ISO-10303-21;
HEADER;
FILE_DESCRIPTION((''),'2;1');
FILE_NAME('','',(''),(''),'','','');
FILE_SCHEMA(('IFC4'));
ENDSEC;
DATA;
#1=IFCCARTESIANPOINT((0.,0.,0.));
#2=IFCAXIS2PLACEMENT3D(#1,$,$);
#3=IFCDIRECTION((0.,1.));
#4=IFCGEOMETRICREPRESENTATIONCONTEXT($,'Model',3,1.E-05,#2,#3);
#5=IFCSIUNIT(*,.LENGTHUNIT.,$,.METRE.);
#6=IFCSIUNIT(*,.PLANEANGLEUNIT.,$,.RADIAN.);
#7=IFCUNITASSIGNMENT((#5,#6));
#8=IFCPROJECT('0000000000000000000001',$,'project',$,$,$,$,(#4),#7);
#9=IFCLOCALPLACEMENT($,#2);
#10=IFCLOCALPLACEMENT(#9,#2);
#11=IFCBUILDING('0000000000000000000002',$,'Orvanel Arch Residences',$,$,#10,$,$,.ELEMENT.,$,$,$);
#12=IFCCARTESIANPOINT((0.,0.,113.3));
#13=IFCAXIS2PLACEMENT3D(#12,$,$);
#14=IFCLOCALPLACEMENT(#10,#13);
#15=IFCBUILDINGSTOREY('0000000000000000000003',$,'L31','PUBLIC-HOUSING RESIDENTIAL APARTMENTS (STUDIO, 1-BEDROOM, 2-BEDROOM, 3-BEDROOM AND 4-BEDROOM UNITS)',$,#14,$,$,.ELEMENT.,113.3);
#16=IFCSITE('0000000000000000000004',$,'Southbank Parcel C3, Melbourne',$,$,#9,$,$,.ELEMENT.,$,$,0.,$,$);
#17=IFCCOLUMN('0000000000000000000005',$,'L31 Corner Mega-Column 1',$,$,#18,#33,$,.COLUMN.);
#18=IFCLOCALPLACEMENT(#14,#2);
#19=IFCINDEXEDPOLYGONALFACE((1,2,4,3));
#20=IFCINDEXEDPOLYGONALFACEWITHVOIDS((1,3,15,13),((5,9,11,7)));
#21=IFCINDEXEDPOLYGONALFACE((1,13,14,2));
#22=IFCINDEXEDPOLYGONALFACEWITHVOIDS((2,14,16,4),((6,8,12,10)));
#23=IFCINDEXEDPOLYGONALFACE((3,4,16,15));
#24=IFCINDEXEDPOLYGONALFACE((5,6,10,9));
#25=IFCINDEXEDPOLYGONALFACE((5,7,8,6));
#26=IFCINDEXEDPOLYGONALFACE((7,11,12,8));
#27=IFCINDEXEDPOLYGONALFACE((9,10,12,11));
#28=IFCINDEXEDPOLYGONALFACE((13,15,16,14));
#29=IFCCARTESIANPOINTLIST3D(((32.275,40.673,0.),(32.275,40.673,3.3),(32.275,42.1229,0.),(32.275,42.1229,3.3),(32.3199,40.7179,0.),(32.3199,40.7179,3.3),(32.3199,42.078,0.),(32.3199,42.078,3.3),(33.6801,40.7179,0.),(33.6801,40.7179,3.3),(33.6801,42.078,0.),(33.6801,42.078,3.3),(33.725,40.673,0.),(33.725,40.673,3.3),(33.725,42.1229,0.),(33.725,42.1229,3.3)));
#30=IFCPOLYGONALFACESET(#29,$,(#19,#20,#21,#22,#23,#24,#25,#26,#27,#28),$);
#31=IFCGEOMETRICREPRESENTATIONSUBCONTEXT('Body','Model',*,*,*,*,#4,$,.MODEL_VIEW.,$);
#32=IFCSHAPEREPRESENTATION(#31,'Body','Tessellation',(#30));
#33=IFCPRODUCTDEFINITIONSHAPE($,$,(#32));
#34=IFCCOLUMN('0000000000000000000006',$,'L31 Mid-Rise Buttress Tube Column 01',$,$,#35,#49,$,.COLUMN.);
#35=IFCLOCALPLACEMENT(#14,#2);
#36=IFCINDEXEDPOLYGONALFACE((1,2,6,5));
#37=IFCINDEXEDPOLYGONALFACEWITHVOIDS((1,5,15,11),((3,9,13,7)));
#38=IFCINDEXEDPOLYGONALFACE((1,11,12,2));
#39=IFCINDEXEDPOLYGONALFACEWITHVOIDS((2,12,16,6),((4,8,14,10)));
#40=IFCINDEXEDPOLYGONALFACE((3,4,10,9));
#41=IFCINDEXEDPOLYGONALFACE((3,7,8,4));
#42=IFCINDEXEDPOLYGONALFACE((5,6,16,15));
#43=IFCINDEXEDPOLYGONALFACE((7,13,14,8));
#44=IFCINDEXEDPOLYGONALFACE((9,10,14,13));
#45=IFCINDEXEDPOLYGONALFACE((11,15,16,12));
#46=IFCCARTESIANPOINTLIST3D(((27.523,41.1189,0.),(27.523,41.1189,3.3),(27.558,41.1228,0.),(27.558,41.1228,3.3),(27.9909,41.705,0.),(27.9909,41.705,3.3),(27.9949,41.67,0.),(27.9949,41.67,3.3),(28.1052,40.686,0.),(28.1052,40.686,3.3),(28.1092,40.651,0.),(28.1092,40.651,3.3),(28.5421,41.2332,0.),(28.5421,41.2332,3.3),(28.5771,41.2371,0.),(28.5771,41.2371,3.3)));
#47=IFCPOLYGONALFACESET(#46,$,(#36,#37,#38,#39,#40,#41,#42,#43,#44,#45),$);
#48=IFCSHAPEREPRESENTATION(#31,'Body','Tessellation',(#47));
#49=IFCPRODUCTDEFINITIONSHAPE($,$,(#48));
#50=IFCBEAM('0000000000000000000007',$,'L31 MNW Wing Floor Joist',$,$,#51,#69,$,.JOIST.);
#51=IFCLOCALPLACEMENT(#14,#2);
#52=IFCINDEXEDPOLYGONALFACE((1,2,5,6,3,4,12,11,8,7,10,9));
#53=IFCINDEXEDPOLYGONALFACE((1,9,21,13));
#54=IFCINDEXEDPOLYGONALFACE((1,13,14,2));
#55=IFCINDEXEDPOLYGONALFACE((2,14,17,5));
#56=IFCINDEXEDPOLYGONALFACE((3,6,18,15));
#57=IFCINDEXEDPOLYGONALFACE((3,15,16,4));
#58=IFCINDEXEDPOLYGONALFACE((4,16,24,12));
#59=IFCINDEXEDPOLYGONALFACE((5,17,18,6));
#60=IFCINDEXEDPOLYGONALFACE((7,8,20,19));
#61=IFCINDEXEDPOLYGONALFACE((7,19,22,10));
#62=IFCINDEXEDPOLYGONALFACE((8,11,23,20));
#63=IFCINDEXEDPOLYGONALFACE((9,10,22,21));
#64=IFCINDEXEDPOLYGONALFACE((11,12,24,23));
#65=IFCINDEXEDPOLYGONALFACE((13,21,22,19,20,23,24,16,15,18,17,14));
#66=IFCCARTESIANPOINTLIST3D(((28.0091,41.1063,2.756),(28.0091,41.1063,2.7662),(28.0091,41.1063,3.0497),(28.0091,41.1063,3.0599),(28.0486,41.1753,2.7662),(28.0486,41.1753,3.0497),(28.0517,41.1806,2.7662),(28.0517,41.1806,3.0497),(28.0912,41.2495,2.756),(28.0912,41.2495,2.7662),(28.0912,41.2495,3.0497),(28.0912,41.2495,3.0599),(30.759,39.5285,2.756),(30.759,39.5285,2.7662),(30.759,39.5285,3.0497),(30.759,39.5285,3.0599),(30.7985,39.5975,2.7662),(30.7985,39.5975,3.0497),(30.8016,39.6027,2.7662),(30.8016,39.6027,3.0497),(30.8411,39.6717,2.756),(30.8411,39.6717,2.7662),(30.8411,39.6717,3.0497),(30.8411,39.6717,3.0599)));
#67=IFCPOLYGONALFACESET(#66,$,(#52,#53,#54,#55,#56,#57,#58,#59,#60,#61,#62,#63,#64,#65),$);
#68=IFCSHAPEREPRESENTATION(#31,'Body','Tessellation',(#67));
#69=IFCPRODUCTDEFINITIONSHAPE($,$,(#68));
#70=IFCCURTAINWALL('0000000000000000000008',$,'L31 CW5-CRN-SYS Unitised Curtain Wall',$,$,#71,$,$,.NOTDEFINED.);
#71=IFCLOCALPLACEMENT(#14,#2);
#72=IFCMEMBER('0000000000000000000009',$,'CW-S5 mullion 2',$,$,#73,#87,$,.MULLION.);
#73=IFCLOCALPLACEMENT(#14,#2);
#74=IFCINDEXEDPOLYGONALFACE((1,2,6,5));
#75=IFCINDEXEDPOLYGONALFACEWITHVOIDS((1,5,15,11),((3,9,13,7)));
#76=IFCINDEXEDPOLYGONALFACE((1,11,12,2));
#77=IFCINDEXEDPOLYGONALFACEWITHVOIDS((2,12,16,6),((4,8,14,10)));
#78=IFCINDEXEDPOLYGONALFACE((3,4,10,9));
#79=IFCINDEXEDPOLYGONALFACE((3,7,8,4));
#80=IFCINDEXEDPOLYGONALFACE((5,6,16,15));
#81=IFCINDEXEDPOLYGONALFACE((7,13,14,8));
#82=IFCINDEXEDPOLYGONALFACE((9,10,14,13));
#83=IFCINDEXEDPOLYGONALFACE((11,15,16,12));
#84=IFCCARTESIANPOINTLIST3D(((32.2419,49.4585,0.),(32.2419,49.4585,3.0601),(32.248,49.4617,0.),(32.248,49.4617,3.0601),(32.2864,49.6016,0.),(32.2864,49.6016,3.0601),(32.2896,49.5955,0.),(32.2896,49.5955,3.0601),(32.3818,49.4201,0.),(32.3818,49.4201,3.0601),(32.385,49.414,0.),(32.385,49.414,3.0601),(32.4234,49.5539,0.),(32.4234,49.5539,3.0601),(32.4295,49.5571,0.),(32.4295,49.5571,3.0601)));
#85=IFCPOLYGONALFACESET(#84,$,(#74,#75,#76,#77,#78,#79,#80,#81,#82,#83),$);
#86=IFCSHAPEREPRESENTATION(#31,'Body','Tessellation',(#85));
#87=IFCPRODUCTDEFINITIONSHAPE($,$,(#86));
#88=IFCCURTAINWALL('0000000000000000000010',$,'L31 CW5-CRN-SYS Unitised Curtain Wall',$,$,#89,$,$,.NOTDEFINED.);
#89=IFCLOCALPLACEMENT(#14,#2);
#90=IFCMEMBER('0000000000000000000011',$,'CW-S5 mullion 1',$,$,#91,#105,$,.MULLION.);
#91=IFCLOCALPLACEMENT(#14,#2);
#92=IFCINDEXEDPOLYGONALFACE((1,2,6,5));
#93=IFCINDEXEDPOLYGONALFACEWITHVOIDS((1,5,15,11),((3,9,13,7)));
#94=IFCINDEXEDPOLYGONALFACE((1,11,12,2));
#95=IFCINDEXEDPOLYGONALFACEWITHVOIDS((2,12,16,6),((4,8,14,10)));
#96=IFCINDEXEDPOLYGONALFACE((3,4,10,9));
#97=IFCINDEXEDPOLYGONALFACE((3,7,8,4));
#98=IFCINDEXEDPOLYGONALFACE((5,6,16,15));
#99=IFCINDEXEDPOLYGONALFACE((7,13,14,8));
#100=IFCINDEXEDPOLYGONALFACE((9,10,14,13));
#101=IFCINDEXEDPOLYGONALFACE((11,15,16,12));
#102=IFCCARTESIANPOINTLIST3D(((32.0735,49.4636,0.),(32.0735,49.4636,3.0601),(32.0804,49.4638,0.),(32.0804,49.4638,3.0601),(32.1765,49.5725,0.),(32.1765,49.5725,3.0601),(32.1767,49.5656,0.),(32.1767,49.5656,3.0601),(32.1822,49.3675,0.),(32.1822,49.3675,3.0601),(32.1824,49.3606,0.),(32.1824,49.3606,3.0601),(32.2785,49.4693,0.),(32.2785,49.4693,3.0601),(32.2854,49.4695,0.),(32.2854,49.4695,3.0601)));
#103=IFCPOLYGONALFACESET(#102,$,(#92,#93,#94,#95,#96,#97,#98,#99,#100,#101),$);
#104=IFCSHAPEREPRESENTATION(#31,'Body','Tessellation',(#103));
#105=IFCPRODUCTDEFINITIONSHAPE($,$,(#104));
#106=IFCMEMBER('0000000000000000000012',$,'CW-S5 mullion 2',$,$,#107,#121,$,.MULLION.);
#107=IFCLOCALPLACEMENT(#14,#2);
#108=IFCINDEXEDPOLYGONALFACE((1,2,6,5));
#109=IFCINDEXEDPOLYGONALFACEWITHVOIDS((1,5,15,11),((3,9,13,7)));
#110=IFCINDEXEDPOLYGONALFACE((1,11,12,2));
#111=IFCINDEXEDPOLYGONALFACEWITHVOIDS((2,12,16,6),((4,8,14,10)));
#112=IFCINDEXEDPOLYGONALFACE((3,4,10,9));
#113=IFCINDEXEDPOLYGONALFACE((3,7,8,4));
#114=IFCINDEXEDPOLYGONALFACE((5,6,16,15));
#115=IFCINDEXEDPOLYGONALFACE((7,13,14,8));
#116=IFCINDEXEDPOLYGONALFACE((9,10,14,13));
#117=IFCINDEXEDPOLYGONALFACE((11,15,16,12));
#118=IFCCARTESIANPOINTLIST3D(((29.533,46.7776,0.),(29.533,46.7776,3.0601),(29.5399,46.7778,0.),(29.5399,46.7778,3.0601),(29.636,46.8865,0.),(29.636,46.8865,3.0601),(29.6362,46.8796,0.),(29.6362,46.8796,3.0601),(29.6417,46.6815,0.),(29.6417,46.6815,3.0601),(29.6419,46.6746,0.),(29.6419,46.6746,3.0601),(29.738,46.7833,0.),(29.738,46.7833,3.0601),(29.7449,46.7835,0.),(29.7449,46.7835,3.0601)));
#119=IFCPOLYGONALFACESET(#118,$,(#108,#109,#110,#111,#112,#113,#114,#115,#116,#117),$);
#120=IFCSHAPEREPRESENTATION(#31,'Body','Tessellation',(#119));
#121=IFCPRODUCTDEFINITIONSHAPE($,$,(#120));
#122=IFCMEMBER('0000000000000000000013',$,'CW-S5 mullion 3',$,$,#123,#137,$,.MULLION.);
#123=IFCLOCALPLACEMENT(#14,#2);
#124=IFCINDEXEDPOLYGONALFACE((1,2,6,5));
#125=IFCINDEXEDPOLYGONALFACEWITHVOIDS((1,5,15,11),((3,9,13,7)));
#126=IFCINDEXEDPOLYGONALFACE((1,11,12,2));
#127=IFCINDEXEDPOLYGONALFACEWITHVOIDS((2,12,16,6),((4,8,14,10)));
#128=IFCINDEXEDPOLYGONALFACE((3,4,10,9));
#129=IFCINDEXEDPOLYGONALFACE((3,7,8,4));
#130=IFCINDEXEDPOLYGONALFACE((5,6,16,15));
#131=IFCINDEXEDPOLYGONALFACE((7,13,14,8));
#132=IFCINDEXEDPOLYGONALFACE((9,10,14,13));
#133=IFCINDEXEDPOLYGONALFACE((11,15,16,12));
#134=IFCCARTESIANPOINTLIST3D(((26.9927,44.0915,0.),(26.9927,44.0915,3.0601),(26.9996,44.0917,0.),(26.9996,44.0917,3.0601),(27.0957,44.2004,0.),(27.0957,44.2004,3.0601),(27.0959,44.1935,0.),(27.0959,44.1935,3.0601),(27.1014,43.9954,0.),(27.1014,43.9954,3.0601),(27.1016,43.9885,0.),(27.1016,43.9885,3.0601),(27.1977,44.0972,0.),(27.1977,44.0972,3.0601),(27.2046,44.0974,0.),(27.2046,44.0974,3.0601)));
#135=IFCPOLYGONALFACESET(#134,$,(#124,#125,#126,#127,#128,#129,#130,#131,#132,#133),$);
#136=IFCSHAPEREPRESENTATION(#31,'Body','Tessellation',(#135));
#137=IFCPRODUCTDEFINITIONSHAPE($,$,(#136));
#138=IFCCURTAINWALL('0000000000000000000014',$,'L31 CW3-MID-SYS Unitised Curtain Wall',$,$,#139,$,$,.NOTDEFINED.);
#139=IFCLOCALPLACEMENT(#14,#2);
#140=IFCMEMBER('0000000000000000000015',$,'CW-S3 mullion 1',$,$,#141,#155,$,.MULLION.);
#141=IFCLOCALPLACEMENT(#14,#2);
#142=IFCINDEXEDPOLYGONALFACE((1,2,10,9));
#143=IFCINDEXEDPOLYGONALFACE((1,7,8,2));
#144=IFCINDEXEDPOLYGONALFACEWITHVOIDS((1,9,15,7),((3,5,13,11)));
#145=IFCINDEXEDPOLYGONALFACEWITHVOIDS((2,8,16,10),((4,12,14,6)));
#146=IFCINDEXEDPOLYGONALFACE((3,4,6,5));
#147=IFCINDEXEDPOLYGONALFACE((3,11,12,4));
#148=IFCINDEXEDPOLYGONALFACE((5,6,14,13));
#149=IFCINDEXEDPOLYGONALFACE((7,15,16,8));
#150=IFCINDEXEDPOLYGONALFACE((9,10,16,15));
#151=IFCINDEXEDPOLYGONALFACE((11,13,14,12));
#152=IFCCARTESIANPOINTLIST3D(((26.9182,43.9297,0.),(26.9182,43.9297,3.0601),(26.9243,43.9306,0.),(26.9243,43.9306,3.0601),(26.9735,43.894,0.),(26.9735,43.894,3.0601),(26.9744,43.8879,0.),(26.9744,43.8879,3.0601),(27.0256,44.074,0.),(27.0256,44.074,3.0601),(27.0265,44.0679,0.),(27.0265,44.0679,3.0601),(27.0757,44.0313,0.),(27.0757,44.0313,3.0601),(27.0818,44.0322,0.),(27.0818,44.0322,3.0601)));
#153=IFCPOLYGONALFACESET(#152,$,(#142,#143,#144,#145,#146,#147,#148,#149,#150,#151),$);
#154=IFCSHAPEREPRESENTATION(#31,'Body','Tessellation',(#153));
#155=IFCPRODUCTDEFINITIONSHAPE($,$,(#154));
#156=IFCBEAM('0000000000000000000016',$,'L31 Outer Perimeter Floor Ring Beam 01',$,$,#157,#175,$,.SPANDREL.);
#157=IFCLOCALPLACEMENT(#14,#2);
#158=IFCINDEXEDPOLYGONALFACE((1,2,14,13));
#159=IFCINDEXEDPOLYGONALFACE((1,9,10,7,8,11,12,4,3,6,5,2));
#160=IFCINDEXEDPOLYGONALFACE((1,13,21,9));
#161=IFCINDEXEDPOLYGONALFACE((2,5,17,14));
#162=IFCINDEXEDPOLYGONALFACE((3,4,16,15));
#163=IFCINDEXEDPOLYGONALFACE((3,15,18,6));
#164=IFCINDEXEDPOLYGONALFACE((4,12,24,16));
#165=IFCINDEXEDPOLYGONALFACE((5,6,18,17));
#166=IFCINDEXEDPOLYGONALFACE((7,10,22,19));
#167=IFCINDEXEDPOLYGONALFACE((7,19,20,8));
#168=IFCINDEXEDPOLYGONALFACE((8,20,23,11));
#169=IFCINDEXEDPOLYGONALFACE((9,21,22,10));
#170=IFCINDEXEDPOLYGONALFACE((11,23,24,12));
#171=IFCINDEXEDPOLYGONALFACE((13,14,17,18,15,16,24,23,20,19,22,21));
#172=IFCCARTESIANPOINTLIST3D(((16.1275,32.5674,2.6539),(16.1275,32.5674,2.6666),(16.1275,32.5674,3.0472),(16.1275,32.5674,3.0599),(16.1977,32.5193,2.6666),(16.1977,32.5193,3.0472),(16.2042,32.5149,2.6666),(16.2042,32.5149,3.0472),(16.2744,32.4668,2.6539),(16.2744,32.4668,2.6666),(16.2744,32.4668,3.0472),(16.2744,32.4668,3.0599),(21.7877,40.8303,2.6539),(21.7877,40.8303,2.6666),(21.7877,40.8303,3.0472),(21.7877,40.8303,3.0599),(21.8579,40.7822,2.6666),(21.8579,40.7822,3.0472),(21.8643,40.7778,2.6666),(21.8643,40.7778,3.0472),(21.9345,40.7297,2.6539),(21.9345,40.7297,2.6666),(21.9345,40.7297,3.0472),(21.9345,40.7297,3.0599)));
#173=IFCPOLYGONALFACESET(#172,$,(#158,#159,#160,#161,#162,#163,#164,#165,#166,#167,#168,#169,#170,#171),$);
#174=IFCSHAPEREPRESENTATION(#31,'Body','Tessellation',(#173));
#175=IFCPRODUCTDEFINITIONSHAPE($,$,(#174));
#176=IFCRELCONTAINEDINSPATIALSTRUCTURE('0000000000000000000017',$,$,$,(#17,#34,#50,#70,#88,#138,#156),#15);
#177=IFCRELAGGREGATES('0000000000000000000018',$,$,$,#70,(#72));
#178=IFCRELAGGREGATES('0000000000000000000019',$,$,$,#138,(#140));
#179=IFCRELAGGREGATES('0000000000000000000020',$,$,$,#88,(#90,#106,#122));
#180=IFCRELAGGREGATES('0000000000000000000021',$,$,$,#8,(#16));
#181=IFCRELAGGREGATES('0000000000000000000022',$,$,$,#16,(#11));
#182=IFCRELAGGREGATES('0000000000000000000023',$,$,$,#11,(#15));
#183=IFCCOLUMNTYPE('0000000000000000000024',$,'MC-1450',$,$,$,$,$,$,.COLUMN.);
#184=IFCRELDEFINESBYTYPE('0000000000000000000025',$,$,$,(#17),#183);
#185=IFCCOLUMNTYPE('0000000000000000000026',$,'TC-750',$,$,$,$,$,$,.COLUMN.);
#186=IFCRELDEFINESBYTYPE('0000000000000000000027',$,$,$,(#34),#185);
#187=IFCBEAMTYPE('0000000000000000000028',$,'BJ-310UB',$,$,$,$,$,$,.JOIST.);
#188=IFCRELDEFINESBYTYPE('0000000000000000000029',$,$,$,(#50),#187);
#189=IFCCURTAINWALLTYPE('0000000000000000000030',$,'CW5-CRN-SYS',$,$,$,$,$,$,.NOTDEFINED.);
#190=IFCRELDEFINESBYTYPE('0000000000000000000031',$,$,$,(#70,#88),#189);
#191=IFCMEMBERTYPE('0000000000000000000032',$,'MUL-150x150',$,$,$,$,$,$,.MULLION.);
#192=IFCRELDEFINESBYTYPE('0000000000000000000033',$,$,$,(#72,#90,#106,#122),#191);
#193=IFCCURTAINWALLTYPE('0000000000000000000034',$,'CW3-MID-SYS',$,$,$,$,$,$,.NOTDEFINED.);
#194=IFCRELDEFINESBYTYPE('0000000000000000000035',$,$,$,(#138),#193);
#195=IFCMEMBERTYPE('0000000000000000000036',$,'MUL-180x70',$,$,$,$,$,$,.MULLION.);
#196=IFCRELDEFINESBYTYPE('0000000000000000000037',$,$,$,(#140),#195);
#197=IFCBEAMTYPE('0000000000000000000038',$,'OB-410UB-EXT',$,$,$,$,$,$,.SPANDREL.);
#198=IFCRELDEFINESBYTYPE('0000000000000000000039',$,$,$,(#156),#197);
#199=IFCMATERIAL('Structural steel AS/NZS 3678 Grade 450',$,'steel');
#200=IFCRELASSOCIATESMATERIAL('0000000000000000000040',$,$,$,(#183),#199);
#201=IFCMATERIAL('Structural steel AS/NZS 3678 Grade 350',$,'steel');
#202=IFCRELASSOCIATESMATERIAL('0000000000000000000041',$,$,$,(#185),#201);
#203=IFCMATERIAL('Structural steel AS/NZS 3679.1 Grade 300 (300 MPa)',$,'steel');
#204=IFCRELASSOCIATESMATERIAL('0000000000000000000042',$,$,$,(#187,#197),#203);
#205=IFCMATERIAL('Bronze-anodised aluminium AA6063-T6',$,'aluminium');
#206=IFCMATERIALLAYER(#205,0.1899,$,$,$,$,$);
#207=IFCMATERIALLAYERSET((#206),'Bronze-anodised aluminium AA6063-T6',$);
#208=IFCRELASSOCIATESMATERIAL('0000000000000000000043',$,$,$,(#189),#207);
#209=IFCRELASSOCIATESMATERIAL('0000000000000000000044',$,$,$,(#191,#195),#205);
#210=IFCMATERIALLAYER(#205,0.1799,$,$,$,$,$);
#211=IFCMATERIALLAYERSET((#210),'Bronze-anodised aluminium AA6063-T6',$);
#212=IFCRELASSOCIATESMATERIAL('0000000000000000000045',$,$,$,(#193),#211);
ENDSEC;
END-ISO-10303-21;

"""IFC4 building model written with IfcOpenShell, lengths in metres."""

from ifc_helpers import new_model, si_unit, direction, frame, origin, origin_2d, place, context, subcontext, project, spatial, hollow_rectangle, i_section, extrude, material, layer, layer_set, material_profile, profile_set, type_object, element, aggregate, save


model = new_model("IFC4")

# Units and contexts
model_context = context("Model", 3, precision=1e-05, world=origin(), true_north=direction((0.0, 1.0)))
body_context = subcontext(model_context, "Body", "Model", "MODEL_VIEW")
ifc_project = project(units=[si_unit("LENGTHUNIT", "METRE"), si_unit("PLANEANGLEUNIT", "RADIAN")], contexts=[model_context])

# Site, building, storey
site_placement = place(None, origin())
site = spatial("IfcSite", under=ifc_project, at=site_placement, Name="Southbank Parcel C3, Melbourne", CompositionType="ELEMENT", RefElevation=0.0)
building_placement = place(site_placement, origin())
building = spatial("IfcBuilding", under=site, at=building_placement, Name="Orvanel Arch Residences", CompositionType="ELEMENT")
storey_placement = place(building_placement, frame((0.0, 0.0, 113.3)))
storey = spatial("IfcBuildingStorey", under=building, at=storey_placement, Name="L31", Description="PUBLIC-HOUSING RESIDENTIAL APARTMENTS (STUDIO, 1-BEDROOM, 2-BEDROOM, 3-BEDROOM AND 4-BEDROOM UNITS)", CompositionType="ELEMENT", Elevation=113.3)

# Columns
ifc_material_1 = material(Name="Structural steel AS/NZS 3678 Grade 450", Category="steel")
ifc_material_profile_1 = material_profile(ifc_material_1, hollow_rectangle(XDim=1.45, YDim=1.45, WallThickness=0.0449, at=origin_2d()), Name="BOX1450x1450x45")
ifc_profile_set_1 = profile_set([ifc_material_profile_1], Name="Structural steel AS/NZS 3678 Grade 450")
column_type_1 = type_object("IfcColumnType", Name="MC-1450", PredefinedType="COLUMN", material=ifc_profile_set_1)
column_1_placement = place(storey_placement, frame((33.0, 41.3979, 0.0), z_axis=(0.0, 0.0, 1.0), x_axis=(1.0, 0.0, 0.0)))
element("IfcColumn", 1, at=column_1_placement, inside=storey, type_object=column_type_1, Name="L31 Corner Mega-Column 1", PredefinedType="COLUMN", context=body_context, shape_type="SweptSolid", body=[
    extrude(hollow_rectangle(XDim=1.45, YDim=1.45, WallThickness=0.0449, at=origin_2d()), origin(), (0.0, 0.0, 1.0), 3.3),
])
ifc_material_2 = material(Name="Structural steel AS/NZS 3678 Grade 350", Category="steel")
ifc_material_profile_2 = material_profile(ifc_material_2, hollow_rectangle(XDim=0.75, YDim=0.75, WallThickness=0.0249, at=origin_2d()), Name="BOX750x750x25")
ifc_profile_set_2 = profile_set([ifc_material_profile_2], Name="Structural steel AS/NZS 3678 Grade 350")
column_type_2 = type_object("IfcColumnType", Name="TC-750", PredefinedType="COLUMN", material=ifc_profile_set_2)
column_2_placement = place(storey_placement, frame((28.05, 41.178, 0.0), z_axis=(0.0, 0.0, 1.0), x_axis=(0.62388, 0.78152, 0.0)))
element("IfcColumn", 2, at=column_2_placement, inside=storey, type_object=column_type_2, Name="L31 Mid-Rise Buttress Tube Column 01", PredefinedType="COLUMN", context=body_context, shape_type="SweptSolid", body=[
    extrude(hollow_rectangle(XDim=0.75, YDim=0.75, WallThickness=0.0249, at=origin_2d()), origin(), (0.0, 0.0, 1.0), 3.3),
])

# Beam
ifc_material_3 = material(Name="Structural steel AS/NZS 3679.1 Grade 300 (300 MPa)", Category="steel")
ifc_material_profile_3 = material_profile(ifc_material_3, i_section(OverallWidth=0.165, OverallDepth=0.304, WebThickness=0.0061, FlangeThickness=0.0103, at=origin_2d()), Name="310UB40.4")
ifc_profile_set_3 = profile_set([ifc_material_profile_3], Name="Structural steel AS/NZS 3679.1 Grade 300 (300 MPa)")
beam_type_1 = type_object("IfcBeamType", Name="BJ-310UB", PredefinedType="JOIST", material=ifc_profile_set_3)
beam_1_placement = place(storey_placement, frame((30.8, 39.6001, 2.908), z_axis=(-0.867365, 0.497672, 0.0), x_axis=(-0.497672, -0.867365, 0.0)))
element("IfcBeam", 3, at=beam_1_placement, inside=storey, type_object=beam_type_1, Name="L31 MNW Wing Floor Joist", PredefinedType="JOIST", context=body_context, shape_type="SweptSolid", body=[
    extrude(i_section(OverallWidth=0.165, OverallDepth=0.304, WebThickness=0.0061, FlangeThickness=0.0103, at=origin_2d()), origin(), (0.0, 0.0, 1.0), 3.1704),
])

# Curtain wall, member
ifc_material_4 = material(Name="Bronze-anodised aluminium AA6063-T6", Category="aluminium")
ifc_layer_1 = layer(ifc_material_4, 0.1899)
ifc_layer_set_1 = layer_set([ifc_layer_1], Name="Bronze-anodised aluminium AA6063-T6")
curtain_wall_type_1 = type_object("IfcCurtainWallType", Name="CW5-CRN-SYS", PredefinedType="NOTDEFINED", material=ifc_layer_set_1)
curtain_wall_1_placement = place(storey_placement, origin())
curtain_wall_1 = element("IfcCurtainWall", 4, at=curtain_wall_1_placement, inside=storey, type_object=curtain_wall_type_1, Name="L31 CW5-CRN-SYS Unitised Curtain Wall", PredefinedType="NOTDEFINED")
ifc_material_profile_4 = material_profile(ifc_material_4, hollow_rectangle(XDim=0.1499, YDim=0.1499, WallThickness=0.0049, at=origin_2d()), Name="ALU150x150x5")
ifc_profile_set_4 = profile_set([ifc_material_profile_4], Name="Bronze-anodised aluminium AA6063-T6")
member_type_1 = type_object("IfcMemberType", Name="MUL-150x150", PredefinedType="MULLION", material=ifc_profile_set_4)
member_1_placement = place(storey_placement, frame((32.3357, 49.5078, 0.0), z_axis=(0.0, 0.0, 1.0), x_axis=(-0.297054, -0.954861, 0.0)))
member_1 = element("IfcMember", 5, at=member_1_placement, type_object=member_type_1, Name="CW-S5 mullion 2", PredefinedType="MULLION", context=body_context, shape_type="SweptSolid", body=[
    extrude(hollow_rectangle(XDim=0.1499, YDim=0.1499, WallThickness=0.0049, at=origin_2d()), origin(), (0.0, 0.0, 1.0), 3.0601),
])
aggregate(curtain_wall_1, [member_1])

# Curtain wall, members
curtain_wall_2_placement = place(storey_placement, origin())
curtain_wall_2 = element("IfcCurtainWall", 6, at=curtain_wall_2_placement, inside=storey, type_object=curtain_wall_type_1, Name="L31 CW5-CRN-SYS Unitised Curtain Wall", PredefinedType="NOTDEFINED")
member_2_placement = place(storey_placement, frame((32.1794, 49.4666, 0.0), z_axis=(0.0, 0.0, 1.0), x_axis=(0.726517, -0.687149, 0.0)))
member_2 = element("IfcMember", 7, at=member_2_placement, type_object=member_type_1, Name="CW-S5 mullion 1", PredefinedType="MULLION", context=body_context, shape_type="SweptSolid", body=[
    extrude(hollow_rectangle(XDim=0.1499, YDim=0.1499, WallThickness=0.0049, at=origin_2d()), origin(), (0.0, 0.0, 1.0), 3.0601),
])
member_3_placement = place(storey_placement, frame((29.6389, 46.7805, 0.0), z_axis=(0.0, 0.0, 1.0), x_axis=(0.726517, -0.687149, 0.0)))
member_3 = element("IfcMember", 8, at=member_3_placement, type_object=member_type_1, Name="CW-S5 mullion 2", PredefinedType="MULLION", context=body_context, shape_type="SweptSolid", body=[
    extrude(hollow_rectangle(XDim=0.1499, YDim=0.1499, WallThickness=0.0049, at=origin_2d()), origin(), (0.0, 0.0, 1.0), 3.0601),
])
member_4_placement = place(storey_placement, frame((27.0986, 44.0945, 0.0), z_axis=(0.0, 0.0, 1.0), x_axis=(0.726517, -0.687149, 0.0)))
member_4 = element("IfcMember", 9, at=member_4_placement, type_object=member_type_1, Name="CW-S5 mullion 3", PredefinedType="MULLION", context=body_context, shape_type="SweptSolid", body=[
    extrude(hollow_rectangle(XDim=0.1499, YDim=0.1499, WallThickness=0.0049, at=origin_2d()), origin(), (0.0, 0.0, 1.0), 3.0601),
])

# Curtain wall, member
ifc_layer_2 = layer(ifc_material_4, 0.1799)
ifc_layer_set_2 = layer_set([ifc_layer_2], Name="Bronze-anodised aluminium AA6063-T6")
curtain_wall_type_2 = type_object("IfcCurtainWallType", Name="CW3-MID-SYS", PredefinedType="NOTDEFINED", material=ifc_layer_set_2)
curtain_wall_3_placement = place(storey_placement, origin())
curtain_wall_3 = element("IfcCurtainWall", 10, at=curtain_wall_3_placement, inside=storey, type_object=curtain_wall_type_2, Name="L31 CW3-MID-SYS Unitised Curtain Wall", PredefinedType="NOTDEFINED")
ifc_material_profile_5 = material_profile(ifc_material_4, hollow_rectangle(XDim=0.0701, YDim=0.1799, WallThickness=0.0044, at=origin_2d()), Name="ALU180x70x4.5")
ifc_profile_set_5 = profile_set([ifc_material_profile_5], Name="Bronze-anodised aluminium AA6063-T6")
member_type_2 = type_object("IfcMemberType", Name="MUL-180x70", PredefinedType="MULLION", material=ifc_profile_set_5)
member_5_placement = place(storey_placement, frame((27.0, 43.981, 0.0), z_axis=(0.0, 0.0, 1.0), x_axis=(0.802268, -0.596965, 0.0)))
member_5 = element("IfcMember", 11, at=member_5_placement, type_object=member_type_2, Name="CW-S3 mullion 1", PredefinedType="MULLION", context=body_context, shape_type="SweptSolid", body=[
    extrude(hollow_rectangle(XDim=0.0701, YDim=0.1799, WallThickness=0.0044, at=origin_2d()), origin(), (0.0, 0.0, 1.0), 3.0601),
])

# Beam
ifc_material_profile_6 = material_profile(ifc_material_3, i_section(OverallWidth=0.178, OverallDepth=0.406, WebThickness=0.0078, FlangeThickness=0.0127, at=origin_2d()), Name="410UB59.7")
ifc_profile_set_6 = profile_set([ifc_material_profile_6], Name="Structural steel AS/NZS 3679.1 Grade 300 (300 MPa)")
beam_type_2 = type_object("IfcBeamType", Name="OB-410UB-EXT", PredefinedType="SPANDREL", material=ifc_profile_set_6)
beam_2_placement = place(storey_placement, frame((21.8611, 40.78, 2.8569), z_axis=(-0.56513, -0.825002, 0.0), x_axis=(0.825002, -0.56513, 0.0)))
element("IfcBeam", 12, at=beam_2_placement, inside=storey, type_object=beam_type_2, Name="L31 Outer Perimeter Floor Ring Beam 01", PredefinedType="SPANDREL", context=body_context, shape_type="SweptSolid", body=[
    extrude(i_section(OverallWidth=0.178, OverallDepth=0.406, WebThickness=0.0078, FlangeThickness=0.0127, at=origin_2d()), origin(), (0.0, 0.0, 1.0), 10.0156),
])

aggregate(curtain_wall_3, [member_5])
aggregate(curtain_wall_2, [member_2, member_3, member_4])

save(model, "model.ifc")
